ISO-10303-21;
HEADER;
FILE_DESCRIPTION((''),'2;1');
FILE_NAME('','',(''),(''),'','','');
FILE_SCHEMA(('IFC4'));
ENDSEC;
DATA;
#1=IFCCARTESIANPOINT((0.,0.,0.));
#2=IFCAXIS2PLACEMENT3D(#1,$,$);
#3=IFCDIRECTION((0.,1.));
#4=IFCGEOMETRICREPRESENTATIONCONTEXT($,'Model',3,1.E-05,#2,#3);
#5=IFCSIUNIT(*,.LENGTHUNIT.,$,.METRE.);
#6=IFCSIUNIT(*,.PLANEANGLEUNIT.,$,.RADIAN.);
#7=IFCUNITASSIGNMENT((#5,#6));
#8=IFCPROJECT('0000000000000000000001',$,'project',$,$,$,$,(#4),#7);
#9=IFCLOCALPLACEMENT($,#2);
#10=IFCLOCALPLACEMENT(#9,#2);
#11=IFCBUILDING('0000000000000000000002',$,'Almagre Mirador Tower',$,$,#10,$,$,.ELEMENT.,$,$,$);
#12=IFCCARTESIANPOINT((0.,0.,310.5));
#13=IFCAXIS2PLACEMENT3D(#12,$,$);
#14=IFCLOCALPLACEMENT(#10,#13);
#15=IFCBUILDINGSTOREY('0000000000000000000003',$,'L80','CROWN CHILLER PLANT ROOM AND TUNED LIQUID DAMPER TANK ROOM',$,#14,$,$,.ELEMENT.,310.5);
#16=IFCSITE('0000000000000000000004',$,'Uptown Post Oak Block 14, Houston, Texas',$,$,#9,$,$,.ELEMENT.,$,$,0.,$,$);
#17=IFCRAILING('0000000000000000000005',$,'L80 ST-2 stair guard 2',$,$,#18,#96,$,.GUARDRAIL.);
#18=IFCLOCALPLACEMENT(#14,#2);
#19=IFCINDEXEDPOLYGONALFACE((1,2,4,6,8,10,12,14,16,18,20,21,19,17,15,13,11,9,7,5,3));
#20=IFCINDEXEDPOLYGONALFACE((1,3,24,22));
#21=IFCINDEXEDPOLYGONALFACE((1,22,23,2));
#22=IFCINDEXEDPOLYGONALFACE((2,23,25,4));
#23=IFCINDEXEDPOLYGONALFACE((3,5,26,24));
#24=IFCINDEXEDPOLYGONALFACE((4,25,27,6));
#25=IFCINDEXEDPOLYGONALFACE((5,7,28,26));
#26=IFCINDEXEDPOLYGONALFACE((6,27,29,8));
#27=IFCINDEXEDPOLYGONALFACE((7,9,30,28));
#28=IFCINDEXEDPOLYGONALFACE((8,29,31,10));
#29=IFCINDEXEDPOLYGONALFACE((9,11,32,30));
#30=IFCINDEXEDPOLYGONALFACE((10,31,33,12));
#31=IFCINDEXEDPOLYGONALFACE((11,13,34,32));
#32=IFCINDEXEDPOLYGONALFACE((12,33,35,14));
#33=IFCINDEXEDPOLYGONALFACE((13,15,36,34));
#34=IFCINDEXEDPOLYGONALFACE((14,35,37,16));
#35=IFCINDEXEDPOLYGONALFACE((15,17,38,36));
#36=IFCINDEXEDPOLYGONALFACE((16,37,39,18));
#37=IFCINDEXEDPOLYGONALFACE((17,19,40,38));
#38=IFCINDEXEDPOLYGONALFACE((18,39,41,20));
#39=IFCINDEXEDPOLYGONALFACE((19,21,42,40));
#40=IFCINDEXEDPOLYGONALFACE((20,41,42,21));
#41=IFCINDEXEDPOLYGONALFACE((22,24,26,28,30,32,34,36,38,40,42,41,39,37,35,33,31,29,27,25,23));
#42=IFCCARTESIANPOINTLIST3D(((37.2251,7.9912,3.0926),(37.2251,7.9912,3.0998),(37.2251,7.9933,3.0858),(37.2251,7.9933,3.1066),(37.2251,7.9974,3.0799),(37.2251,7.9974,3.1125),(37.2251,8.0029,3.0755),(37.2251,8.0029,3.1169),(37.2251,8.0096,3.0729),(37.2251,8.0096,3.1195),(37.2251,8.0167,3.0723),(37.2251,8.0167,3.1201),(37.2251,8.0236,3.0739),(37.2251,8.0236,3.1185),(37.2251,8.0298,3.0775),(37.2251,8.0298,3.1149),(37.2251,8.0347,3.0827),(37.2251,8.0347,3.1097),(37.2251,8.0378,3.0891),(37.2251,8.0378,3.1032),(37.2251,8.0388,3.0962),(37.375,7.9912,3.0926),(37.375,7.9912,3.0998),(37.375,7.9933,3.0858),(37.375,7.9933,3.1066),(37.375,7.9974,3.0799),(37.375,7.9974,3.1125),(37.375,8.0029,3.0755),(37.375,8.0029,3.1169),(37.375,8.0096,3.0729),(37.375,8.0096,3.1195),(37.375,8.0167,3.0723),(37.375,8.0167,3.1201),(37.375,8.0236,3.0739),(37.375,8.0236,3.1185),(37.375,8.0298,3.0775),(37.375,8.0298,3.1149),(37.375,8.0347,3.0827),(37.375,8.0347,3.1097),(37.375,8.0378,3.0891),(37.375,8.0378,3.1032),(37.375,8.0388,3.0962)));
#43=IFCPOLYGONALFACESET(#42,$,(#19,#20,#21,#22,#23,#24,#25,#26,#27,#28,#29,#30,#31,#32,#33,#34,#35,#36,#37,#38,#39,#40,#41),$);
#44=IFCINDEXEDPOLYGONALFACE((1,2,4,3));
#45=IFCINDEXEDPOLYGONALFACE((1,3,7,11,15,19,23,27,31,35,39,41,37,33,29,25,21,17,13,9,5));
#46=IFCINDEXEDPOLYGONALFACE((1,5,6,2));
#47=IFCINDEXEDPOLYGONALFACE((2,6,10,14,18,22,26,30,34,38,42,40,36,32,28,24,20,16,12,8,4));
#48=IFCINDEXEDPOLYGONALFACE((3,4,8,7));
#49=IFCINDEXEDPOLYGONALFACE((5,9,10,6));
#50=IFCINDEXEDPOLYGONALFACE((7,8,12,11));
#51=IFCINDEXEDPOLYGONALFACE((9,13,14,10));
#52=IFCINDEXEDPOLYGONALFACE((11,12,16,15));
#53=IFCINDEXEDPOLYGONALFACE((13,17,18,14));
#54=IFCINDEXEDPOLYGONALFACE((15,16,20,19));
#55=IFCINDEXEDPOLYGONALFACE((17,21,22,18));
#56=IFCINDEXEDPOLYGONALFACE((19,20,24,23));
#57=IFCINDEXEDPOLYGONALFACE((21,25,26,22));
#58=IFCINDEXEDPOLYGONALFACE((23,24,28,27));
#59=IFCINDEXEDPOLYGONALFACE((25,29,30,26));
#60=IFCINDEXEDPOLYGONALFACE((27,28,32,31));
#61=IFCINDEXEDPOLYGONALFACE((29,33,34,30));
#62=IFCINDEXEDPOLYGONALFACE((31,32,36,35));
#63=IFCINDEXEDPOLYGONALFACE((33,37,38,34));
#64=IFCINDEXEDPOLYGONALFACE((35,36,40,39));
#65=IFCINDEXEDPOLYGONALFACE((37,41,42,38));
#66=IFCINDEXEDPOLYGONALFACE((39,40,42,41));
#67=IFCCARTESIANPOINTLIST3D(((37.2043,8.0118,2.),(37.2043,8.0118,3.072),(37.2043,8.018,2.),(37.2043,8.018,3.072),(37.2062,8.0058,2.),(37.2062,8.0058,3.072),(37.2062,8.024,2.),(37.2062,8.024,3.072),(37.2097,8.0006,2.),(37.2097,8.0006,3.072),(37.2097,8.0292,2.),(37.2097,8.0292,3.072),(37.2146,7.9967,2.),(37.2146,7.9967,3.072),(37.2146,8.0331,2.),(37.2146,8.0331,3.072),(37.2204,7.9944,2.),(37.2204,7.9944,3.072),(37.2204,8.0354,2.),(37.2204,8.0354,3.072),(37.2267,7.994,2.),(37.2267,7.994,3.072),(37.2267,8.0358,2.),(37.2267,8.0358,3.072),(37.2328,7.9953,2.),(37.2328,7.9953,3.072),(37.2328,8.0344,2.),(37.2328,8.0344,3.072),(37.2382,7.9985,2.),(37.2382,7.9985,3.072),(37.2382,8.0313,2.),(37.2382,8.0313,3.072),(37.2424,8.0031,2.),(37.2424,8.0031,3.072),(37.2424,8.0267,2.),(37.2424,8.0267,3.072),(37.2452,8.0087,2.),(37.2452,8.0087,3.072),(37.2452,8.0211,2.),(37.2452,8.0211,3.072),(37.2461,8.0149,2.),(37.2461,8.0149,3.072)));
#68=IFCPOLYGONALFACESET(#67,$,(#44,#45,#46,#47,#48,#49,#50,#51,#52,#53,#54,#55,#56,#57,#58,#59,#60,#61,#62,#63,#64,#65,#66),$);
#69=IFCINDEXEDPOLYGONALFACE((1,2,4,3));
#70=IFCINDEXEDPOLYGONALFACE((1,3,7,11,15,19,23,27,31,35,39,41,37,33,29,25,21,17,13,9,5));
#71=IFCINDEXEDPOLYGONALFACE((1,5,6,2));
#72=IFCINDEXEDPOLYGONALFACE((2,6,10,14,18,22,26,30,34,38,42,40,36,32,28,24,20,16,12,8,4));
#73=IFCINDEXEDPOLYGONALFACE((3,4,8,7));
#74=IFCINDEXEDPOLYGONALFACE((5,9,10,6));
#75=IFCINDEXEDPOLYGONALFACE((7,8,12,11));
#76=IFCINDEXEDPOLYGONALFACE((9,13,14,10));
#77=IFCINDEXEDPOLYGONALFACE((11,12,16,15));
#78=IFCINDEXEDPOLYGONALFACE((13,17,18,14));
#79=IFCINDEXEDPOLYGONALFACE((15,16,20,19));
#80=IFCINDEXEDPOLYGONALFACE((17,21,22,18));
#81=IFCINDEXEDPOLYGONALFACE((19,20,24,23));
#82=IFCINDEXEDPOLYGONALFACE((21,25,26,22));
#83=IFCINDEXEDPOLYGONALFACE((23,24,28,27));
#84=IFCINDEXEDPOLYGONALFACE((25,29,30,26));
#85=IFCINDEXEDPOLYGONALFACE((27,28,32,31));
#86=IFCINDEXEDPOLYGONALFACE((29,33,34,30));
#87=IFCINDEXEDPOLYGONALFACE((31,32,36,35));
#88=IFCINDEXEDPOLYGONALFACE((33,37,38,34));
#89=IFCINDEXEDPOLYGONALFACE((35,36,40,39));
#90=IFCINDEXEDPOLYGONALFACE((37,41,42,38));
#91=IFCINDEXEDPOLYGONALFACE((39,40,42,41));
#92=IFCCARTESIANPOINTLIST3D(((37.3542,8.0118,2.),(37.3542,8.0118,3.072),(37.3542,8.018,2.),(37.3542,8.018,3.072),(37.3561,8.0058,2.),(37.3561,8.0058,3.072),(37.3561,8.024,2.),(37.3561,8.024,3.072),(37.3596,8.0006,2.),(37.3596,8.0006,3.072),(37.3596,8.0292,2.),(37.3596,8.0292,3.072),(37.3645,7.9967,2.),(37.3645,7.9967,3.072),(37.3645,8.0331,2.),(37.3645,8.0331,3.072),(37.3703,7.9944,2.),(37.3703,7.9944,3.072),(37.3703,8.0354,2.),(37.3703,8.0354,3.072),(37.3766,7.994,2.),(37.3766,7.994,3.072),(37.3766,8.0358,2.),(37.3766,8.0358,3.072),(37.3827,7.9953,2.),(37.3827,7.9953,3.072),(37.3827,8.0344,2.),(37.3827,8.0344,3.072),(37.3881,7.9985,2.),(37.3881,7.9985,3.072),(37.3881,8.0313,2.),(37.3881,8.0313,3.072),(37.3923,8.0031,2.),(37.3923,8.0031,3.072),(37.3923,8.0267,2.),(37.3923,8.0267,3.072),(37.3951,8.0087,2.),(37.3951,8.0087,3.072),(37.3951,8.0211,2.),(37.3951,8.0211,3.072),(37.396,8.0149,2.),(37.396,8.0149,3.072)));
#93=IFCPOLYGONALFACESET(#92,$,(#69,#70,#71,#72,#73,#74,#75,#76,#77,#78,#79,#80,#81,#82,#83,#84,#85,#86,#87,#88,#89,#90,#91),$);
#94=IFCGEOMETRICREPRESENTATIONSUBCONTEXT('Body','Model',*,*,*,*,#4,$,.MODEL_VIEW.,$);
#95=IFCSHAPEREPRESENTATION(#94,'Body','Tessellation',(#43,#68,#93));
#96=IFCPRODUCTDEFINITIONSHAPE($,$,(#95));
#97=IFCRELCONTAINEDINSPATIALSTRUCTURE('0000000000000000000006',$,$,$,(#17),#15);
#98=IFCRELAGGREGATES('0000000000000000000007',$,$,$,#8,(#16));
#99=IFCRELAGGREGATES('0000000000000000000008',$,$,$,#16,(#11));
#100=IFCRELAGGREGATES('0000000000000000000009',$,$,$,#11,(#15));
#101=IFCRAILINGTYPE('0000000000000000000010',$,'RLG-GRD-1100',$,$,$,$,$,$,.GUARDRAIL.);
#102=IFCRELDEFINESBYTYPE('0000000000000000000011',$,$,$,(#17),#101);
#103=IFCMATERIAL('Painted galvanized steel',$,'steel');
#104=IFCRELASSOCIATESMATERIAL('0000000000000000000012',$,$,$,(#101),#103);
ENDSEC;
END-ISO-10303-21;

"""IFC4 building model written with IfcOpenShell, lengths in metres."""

from ifc_helpers import new_model, si_unit, direction, frame, origin, origin_2d, place, context, subcontext, project, spatial, circle, extrude, material, type_object, element, save


model = new_model("IFC4")

# Units and contexts
model_context = context("Model", 3, precision=1e-05, world=origin(), true_north=direction((0.0, 1.0)))
body_context = subcontext(model_context, "Body", "Model", "MODEL_VIEW")
ifc_project = project(units=[si_unit("LENGTHUNIT", "METRE"), si_unit("PLANEANGLEUNIT", "RADIAN")], contexts=[model_context])

# Site, building, storey
site_placement = place(None, origin())
site = spatial("IfcSite", under=ifc_project, at=site_placement, Name="Uptown Post Oak Block 14, Houston, Texas", CompositionType="ELEMENT", RefElevation=0.0)
building_placement = place(site_placement, origin())
building = spatial("IfcBuilding", under=site, at=building_placement, Name="Almagre Mirador Tower", CompositionType="ELEMENT")
storey_placement = place(building_placement, frame((0.0, 0.0, 310.5)))
storey = spatial("IfcBuildingStorey", under=building, at=storey_placement, Name="L80", Description="CROWN CHILLER PLANT ROOM AND TUNED LIQUID DAMPER TANK ROOM", CompositionType="ELEMENT", Elevation=310.5)

# Railing
ifc_material_1 = material(Name="Painted galvanized steel", Category="steel")
railing_type_1 = type_object("IfcRailingType", Name="RLG-GRD-1100", PredefinedType="GUARDRAIL", material=ifc_material_1)
railing_1_placement = place(storey_placement, frame((37.2251, 8.0149, 2.0)))
element("IfcRailing", 1, at=railing_1_placement, inside=storey, type_object=railing_type_1, Name="L80 ST-2 stair guard 2", PredefinedType="GUARDRAIL", context=body_context, shape_type="SweptSolid", body=[
    extrude(circle(Radius=0.0239, at=origin_2d()), frame((0.0, 0.0, 1.0962), z_axis=(1.0, 0.0, 0.0), x_axis=(0.0, 1.0, 0.0)), (0.0, 0.0, 1.0), 0.1499),
    extrude(circle(Radius=0.021, at=origin_2d()), origin(), (0.0, 0.0, 1.0), 1.072),
    extrude(circle(Radius=0.021, at=origin_2d()), frame((0.1499, 0.0, 0.0)), (0.0, 0.0, 1.0), 1.072),
])

save(model, "model.ifc")
